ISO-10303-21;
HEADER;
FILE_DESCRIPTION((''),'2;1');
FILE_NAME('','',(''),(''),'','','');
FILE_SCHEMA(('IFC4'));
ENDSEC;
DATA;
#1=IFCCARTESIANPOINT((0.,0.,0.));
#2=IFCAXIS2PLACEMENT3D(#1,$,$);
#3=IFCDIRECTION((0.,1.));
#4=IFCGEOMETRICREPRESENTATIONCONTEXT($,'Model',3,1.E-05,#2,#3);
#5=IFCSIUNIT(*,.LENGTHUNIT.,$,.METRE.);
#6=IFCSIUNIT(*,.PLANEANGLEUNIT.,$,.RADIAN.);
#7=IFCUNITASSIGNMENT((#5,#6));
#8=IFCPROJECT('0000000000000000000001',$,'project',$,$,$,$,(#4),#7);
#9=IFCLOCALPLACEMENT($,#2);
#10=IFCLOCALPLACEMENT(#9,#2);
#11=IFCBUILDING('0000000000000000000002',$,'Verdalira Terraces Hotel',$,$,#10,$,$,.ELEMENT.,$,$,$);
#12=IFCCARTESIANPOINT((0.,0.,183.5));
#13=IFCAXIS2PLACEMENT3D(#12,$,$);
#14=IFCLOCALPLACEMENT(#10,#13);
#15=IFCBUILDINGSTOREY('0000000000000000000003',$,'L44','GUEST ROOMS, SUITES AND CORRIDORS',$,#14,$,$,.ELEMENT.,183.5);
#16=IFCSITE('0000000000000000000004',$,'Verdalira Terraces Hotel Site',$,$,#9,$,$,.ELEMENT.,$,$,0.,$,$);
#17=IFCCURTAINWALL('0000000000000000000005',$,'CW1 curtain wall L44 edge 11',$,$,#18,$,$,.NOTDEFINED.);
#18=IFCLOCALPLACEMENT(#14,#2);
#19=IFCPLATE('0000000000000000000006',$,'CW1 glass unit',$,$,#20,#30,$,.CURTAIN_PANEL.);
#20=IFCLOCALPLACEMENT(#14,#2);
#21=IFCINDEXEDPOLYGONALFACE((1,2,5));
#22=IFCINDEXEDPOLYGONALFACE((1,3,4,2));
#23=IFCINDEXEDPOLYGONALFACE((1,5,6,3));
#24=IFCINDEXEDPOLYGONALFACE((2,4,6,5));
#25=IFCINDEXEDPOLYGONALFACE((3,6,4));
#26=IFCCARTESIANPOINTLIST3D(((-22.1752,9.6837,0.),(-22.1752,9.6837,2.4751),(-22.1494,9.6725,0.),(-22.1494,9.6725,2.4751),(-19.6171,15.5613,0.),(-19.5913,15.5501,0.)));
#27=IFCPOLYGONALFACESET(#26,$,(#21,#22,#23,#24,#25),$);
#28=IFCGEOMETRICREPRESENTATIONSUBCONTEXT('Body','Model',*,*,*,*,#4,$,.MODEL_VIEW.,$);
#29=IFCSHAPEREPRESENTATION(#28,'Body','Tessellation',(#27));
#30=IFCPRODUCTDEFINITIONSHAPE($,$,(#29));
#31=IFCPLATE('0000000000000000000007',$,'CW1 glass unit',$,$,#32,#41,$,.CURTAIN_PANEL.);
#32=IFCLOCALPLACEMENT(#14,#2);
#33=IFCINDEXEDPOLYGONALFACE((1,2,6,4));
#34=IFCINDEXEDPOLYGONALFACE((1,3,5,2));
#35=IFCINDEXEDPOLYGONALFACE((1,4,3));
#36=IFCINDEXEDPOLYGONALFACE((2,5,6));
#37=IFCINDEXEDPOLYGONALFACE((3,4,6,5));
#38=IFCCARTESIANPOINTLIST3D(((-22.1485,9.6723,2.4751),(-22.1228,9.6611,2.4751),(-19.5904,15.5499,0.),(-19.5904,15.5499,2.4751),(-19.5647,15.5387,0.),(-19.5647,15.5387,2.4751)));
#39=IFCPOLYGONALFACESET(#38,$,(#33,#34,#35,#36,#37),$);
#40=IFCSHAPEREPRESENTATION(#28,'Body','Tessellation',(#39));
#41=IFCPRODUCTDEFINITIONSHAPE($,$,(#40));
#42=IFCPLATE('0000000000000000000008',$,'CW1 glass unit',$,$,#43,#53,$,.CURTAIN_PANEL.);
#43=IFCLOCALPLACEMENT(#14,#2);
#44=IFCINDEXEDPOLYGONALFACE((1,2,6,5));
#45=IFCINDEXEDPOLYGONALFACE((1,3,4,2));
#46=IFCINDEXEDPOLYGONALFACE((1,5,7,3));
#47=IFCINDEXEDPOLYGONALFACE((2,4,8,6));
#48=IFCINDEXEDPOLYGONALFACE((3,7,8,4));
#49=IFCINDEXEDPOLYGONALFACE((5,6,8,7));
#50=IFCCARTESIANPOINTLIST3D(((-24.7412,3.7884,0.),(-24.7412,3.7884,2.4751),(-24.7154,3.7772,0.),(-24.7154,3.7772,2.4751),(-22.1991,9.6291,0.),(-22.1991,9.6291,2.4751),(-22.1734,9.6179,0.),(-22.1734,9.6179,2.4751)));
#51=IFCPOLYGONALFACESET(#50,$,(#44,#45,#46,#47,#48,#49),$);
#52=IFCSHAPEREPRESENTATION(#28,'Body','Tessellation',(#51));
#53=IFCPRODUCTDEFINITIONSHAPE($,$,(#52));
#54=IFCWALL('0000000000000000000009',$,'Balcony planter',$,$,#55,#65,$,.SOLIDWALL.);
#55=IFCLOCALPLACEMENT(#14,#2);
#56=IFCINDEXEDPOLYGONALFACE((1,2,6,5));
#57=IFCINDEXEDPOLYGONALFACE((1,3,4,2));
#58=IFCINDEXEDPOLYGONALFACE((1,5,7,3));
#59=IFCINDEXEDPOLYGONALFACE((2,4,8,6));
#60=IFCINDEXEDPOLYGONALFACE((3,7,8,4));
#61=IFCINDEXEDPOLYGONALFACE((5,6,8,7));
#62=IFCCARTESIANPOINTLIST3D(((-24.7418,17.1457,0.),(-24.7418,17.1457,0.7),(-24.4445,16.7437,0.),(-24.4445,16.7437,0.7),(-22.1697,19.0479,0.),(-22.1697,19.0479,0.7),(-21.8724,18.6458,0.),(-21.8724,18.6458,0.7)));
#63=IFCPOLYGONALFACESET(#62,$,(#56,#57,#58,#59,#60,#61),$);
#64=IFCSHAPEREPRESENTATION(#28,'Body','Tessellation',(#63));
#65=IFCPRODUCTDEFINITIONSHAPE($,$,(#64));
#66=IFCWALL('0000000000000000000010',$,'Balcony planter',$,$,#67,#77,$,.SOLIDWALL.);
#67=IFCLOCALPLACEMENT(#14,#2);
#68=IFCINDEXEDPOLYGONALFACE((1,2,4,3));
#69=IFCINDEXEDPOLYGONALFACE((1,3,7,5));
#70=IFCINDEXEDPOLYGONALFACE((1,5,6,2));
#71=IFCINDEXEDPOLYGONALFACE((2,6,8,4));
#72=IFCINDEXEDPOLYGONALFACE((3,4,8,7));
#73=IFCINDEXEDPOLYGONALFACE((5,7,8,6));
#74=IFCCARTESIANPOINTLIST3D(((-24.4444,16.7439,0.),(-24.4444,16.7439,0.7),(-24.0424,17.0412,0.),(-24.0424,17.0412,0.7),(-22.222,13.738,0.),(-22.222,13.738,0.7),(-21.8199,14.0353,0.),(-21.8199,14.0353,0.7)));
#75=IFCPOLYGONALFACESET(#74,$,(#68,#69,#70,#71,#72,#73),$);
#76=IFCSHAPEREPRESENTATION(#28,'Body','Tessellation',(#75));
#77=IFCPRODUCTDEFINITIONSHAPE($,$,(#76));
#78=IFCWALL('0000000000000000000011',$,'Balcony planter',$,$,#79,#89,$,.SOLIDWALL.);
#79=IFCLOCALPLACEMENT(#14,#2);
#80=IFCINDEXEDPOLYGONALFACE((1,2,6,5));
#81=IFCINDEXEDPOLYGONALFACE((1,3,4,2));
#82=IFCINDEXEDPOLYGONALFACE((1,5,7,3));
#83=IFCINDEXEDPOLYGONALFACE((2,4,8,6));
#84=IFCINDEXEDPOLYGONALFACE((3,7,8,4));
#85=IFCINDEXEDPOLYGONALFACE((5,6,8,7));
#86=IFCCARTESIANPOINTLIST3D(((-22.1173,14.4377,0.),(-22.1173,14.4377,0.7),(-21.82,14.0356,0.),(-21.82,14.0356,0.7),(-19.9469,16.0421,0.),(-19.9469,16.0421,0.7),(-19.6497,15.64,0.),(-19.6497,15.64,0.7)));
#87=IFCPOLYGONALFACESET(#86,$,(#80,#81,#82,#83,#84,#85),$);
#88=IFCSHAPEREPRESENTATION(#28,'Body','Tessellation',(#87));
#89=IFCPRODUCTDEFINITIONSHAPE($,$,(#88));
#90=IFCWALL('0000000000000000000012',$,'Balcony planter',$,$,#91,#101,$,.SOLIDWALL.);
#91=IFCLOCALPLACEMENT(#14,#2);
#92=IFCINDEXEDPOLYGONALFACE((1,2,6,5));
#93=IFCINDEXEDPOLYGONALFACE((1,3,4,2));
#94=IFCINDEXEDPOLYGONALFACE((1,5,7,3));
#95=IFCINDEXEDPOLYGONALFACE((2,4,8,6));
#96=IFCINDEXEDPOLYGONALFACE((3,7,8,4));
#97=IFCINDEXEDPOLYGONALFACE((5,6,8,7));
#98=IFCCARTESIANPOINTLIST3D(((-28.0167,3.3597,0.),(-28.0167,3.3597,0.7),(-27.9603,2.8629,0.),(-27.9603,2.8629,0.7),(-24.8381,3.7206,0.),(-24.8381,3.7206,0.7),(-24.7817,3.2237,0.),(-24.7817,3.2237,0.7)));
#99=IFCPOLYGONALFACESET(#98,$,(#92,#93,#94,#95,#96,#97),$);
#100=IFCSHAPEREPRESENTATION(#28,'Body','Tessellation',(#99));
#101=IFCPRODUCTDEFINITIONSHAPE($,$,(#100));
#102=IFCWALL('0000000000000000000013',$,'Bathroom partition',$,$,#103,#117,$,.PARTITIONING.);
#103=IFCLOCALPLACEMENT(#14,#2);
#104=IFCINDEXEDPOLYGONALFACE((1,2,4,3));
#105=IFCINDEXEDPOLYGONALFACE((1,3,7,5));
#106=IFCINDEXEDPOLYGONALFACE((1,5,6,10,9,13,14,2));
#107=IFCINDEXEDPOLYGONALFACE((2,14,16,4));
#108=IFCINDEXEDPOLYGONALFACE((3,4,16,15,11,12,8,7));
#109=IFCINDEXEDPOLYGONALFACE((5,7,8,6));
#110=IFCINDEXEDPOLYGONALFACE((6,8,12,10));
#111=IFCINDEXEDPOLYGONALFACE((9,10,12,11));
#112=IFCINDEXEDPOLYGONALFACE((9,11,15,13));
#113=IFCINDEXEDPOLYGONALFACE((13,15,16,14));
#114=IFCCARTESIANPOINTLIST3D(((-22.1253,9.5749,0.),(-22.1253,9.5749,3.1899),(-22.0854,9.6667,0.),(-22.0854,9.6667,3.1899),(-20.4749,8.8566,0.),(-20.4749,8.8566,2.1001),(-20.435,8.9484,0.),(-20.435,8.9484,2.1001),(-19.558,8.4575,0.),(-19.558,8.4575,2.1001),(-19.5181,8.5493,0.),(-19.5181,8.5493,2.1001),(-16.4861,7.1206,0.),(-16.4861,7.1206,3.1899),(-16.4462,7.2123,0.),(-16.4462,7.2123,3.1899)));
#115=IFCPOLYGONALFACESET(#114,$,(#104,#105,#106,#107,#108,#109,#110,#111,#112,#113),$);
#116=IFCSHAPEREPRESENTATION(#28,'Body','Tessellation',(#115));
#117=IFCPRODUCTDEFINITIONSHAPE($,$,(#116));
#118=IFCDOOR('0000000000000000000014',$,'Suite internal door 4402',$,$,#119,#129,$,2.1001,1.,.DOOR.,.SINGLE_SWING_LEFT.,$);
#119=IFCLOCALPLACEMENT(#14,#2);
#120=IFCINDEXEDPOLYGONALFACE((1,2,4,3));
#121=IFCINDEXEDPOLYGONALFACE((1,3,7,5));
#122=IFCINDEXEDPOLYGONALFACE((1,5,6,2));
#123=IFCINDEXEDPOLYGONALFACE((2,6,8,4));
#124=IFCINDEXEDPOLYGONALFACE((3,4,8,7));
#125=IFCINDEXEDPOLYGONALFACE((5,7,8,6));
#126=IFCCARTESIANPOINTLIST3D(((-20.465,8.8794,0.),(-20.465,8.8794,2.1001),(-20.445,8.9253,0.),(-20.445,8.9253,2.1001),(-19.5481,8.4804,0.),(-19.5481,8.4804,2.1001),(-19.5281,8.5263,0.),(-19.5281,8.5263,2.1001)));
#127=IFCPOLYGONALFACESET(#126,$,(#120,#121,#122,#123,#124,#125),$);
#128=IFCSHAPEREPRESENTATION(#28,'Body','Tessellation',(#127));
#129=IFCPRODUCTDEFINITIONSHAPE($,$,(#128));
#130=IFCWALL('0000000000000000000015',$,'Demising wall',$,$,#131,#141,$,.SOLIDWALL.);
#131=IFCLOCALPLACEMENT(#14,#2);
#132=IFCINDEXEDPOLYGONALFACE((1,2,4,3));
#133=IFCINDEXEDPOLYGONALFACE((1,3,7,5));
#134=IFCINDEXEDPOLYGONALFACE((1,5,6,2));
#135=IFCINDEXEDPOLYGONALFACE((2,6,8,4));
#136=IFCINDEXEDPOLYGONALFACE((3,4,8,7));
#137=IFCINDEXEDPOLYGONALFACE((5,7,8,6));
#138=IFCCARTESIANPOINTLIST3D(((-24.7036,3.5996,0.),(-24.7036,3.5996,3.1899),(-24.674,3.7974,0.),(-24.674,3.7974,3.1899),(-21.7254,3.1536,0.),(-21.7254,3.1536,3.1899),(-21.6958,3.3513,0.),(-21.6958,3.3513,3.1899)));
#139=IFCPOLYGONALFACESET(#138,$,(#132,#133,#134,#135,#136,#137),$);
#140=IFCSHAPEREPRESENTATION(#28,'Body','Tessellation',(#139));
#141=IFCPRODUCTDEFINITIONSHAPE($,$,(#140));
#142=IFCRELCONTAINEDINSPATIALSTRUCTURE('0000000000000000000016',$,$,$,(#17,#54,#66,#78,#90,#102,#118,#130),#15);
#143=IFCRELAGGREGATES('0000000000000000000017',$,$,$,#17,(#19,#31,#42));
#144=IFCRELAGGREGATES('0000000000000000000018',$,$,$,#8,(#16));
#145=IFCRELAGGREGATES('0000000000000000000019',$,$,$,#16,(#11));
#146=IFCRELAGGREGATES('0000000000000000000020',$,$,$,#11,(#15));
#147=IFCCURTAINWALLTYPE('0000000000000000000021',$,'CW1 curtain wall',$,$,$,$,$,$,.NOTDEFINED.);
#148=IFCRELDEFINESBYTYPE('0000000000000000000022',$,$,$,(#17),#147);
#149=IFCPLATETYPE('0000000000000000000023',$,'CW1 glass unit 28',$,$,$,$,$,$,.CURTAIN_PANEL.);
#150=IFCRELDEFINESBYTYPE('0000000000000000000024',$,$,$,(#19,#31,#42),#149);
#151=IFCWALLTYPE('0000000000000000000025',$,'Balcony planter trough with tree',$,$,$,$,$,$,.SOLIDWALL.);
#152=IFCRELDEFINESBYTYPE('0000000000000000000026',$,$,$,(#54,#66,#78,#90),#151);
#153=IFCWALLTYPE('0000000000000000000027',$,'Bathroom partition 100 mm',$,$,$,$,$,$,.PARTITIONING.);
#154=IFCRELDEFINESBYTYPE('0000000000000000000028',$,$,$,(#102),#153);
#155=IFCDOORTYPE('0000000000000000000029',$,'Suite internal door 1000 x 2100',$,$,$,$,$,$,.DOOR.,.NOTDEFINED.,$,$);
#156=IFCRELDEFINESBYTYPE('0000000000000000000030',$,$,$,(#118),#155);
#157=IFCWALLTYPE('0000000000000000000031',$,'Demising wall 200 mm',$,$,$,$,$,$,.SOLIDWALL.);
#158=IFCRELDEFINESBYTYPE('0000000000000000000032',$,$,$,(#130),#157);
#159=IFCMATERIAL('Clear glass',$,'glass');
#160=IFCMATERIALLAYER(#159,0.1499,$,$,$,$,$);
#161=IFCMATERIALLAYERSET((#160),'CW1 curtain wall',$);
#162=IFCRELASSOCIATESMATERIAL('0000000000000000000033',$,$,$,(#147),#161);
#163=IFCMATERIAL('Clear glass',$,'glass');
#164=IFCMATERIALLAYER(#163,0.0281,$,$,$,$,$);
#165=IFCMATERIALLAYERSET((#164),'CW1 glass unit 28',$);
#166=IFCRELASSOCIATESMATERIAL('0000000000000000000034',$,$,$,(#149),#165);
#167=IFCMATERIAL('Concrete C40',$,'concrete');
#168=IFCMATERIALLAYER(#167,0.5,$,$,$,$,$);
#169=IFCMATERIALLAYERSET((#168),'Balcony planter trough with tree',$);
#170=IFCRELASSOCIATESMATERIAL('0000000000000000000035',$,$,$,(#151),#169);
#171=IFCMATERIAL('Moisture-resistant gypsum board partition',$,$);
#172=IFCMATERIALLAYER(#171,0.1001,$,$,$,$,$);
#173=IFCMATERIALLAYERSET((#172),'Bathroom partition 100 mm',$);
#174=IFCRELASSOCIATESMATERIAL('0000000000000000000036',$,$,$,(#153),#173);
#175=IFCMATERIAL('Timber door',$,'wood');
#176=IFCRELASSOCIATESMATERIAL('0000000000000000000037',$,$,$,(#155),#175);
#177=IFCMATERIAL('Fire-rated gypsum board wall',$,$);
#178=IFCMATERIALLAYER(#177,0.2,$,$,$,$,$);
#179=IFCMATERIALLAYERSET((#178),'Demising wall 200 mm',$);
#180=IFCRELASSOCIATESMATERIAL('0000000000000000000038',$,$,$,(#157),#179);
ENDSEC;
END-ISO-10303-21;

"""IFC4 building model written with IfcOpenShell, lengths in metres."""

from ifc_helpers import new_model, si_unit, direction, frame, frame_2d, origin, origin_2d, place, context, subcontext, project, spatial, polyline, rectangle, outline, extrude, material, layer, layer_set, type_object, element, fill, aggregate, save


model = new_model("IFC4")

# Units and contexts
model_context = context("Model", 3, precision=1e-05, world=origin(), true_north=direction((0.0, 1.0)))
body_context = subcontext(model_context, "Body", "Model", "MODEL_VIEW")
ifc_project = project(units=[si_unit("LENGTHUNIT", "METRE"), si_unit("PLANEANGLEUNIT", "RADIAN")], contexts=[model_context])

# Site, building, storey
site_placement = place(None, origin())
site = spatial("IfcSite", under=ifc_project, at=site_placement, Name="Verdalira Terraces Hotel Site", CompositionType="ELEMENT", RefElevation=0.0)
building_placement = place(site_placement, origin())
building = spatial("IfcBuilding", under=site, at=building_placement, Name="Verdalira Terraces Hotel", CompositionType="ELEMENT")
storey_placement = place(building_placement, frame((0.0, 0.0, 183.5)))
storey = spatial("IfcBuildingStorey", under=building, at=storey_placement, Name="L44", Description="GUEST ROOMS, SUITES AND CORRIDORS", CompositionType="ELEMENT", Elevation=183.5)

# Curtain wall
ifc_material_1 = material(Name="Clear glass", Category="glass")
ifc_layer_1 = layer(ifc_material_1, 0.1499)
ifc_layer_set_1 = layer_set([ifc_layer_1], Name="CW1 curtain wall")
curtain_wall_type_1 = type_object("IfcCurtainWallType", Name="CW1 curtain wall", PredefinedType="NOTDEFINED", material=ifc_layer_set_1)
curtain_wall_1_placement = place(storey_placement, origin())
curtain_wall_1 = element("IfcCurtainWall", 1, at=curtain_wall_1_placement, inside=storey, type_object=curtain_wall_type_1, Name="CW1 curtain wall L44 edge 11", PredefinedType="NOTDEFINED")

# Plates
ifc_material_2 = material(Name="Clear glass", Category="glass")
ifc_layer_2 = layer(ifc_material_2, 0.0281)
ifc_layer_set_2 = layer_set([ifc_layer_2], Name="CW1 glass unit 28")
plate_type = type_object("IfcPlateType", Name="CW1 glass unit 28", PredefinedType="CURTAIN_PANEL", material=ifc_layer_set_2)
plate_1_placement = place(storey_placement, frame((-20.8704, 12.6113, 1.2375), z_axis=(-0.916921, 0.399069, 0.0), x_axis=(-0.399069, -0.916921, 0.0)))
plate_1 = element("IfcPlate", 2, at=plate_1_placement, type_object=plate_type, Name="CW1 glass unit", PredefinedType="CURTAIN_PANEL", context=body_context, shape_type="SweptSolid", body=[
    extrude(outline(polyline([(-3.2051, -1.2375), (3.2051, -1.2375), (3.2051, 1.2375), (-3.2051, -1.2375)])), origin(), (0.0, 0.0, 1.0), 0.0281),
])
plate_2_placement = place(storey_placement, frame((-20.8438, 12.5999, 1.2375), z_axis=(-0.916921, 0.399069, 0.0), x_axis=(-0.399069, -0.916921, 0.0)))
plate_2 = element("IfcPlate", 3, at=plate_2_placement, type_object=plate_type, Name="CW1 glass unit", PredefinedType="CURTAIN_PANEL", context=body_context, shape_type="SweptSolid", body=[
    extrude(outline(polyline([(-3.2051, -1.2375), (3.2051, 1.2375), (-3.2051, 1.2375), (-3.2051, -1.2375)])), origin(), (0.0, 0.0, 1.0), 0.0281),
])
plate_3_placement = place(storey_placement, frame((-23.4573, 6.7031, 0.0), z_axis=(0.0, 0.0, 1.0), x_axis=(-0.399069, -0.916921, 0.0)))
plate_3 = element("IfcPlate", 4, at=plate_3_placement, type_object=plate_type, Name="CW1 glass unit", PredefinedType="CURTAIN_PANEL", context=body_context, shape_type="SweptSolid", body=[
    extrude(rectangle(XDim=6.3699, YDim=0.0281, at=origin_2d()), origin(), (0.0, 0.0, 1.0), 2.4751),
])
aggregate(curtain_wall_1, [plate_1, plate_2, plate_3])

# Walls
ifc_material_3 = material(Name="Concrete C40", Category="concrete")
ifc_layer_3 = layer(ifc_material_3, 0.5)
ifc_layer_set_3 = layer_set([ifc_layer_3], Name="Balcony planter trough with tree")
wall_type_1 = type_object("IfcWallType", Name="Balcony planter trough with tree", PredefinedType="SOLIDWALL", material=ifc_layer_set_3)
wall_1_placement = place(storey_placement, frame((-22.021, 18.8469, 0.0), z_axis=(0.0, 0.0, 1.0), x_axis=(-0.804021, -0.594601, 0.0)))
element("IfcWall", 5, at=wall_1_placement, inside=storey, type_object=wall_type_1, Name="Balcony planter", PredefinedType="SOLIDWALL", context=body_context, shape_type="SweptSolid", body=[
    extrude(rectangle(XDim=3.199, YDim=0.5, at=frame_2d((1.5996, 0.0))), origin(), (0.0, 0.0, 1.0), 0.7),
])
wall_2_placement = place(storey_placement, frame((-24.2434, 16.8926, 0.0), z_axis=(0.0, 0.0, 1.0), x_axis=(0.59451, -0.804088, 0.0)))
element("IfcWall", 6, at=wall_2_placement, inside=storey, type_object=wall_type_1, Name="Balcony planter", PredefinedType="SOLIDWALL", context=body_context, shape_type="SweptSolid", body=[
    extrude(rectangle(XDim=3.7383, YDim=0.5, at=frame_2d((1.8691, 0.0))), origin(), (0.0, 0.0, 1.0), 0.7),
])
wall_3_placement = place(storey_placement, frame((-21.9688, 14.2366, 0.0), z_axis=(0.0, 0.0, 1.0), x_axis=(0.804127, 0.594457, 0.0)))
element("IfcWall", 7, at=wall_3_placement, inside=storey, type_object=wall_type_1, Name="Balcony planter", PredefinedType="SOLIDWALL", context=body_context, shape_type="SweptSolid", body=[
    extrude(rectangle(XDim=2.699, YDim=0.5, at=frame_2d((1.3496, 0.0))), origin(), (0.0, 0.0, 1.0), 0.7),
])
wall_4_placement = place(storey_placement, frame((-24.8098, 3.4722, 0.0), z_axis=(0.0, 0.0, 1.0), x_axis=(-0.993618, -0.112802, 0.0)))
element("IfcWall", 8, at=wall_4_placement, inside=storey, type_object=wall_type_1, Name="Balcony planter", PredefinedType="SOLIDWALL", context=body_context, shape_type="SweptSolid", body=[
    extrude(rectangle(XDim=3.199, YDim=0.5, at=frame_2d((1.5996, 0.0))), origin(), (0.0, 0.0, 1.0), 0.7),
])

# Wall, opening, door
ifc_material_4 = material(Name="Moisture-resistant gypsum board partition")
ifc_layer_4 = layer(ifc_material_4, 0.1001)
ifc_layer_set_4 = layer_set([ifc_layer_4], Name="Bathroom partition 100 mm")
wall_type_2 = type_object("IfcWallType", Name="Bathroom partition 100 mm", PredefinedType="PARTITIONING", material=ifc_layer_set_4)
wall_5_placement = place(storey_placement, frame((-22.1055, 9.6209, 0.0), z_axis=(0.0, 0.0, 1.0), x_axis=(0.916919, -0.399073, 0.0)))
wall_5 = element("IfcWall", 9, at=wall_5_placement, inside=storey, type_object=wall_type_2, Name="Bathroom partition", PredefinedType="PARTITIONING", context=body_context, shape_type="SweptSolid", body=[
    extrude(rectangle(XDim=6.1501, YDim=0.1001, at=frame_2d((3.0752, 0.0))), origin(), (0.0, 0.0, 1.0), 3.1899),
])
opening_1_placement = place(wall_5_placement, frame((1.8, 0.0, 0.0)))
opening_1 = element("IfcOpeningElement", 10, at=opening_1_placement, cuts=wall_5, PredefinedType="OPENING", context=body_context, shape_type="SweptSolid", body=[
    extrude(rectangle(XDim=1.0, YDim=2.1001, at=frame_2d((0.5, 1.05))), frame((0.0, 0.0601, 0.0), z_axis=(0.0, -1.0, 0.0), x_axis=(1.0, 0.0, 0.0)), (0.0, 0.0, 1.0), 0.1201),
])
ifc_material_5 = material(Name="Timber door", Category="wood")
door_type_1 = type_object("IfcDoorType", Name="Suite internal door 1000 x 2100", OperationType="NOTDEFINED", PredefinedType="DOOR", material=ifc_material_5)
door_1_placement = place(opening_1_placement, origin())
door_1 = element("IfcDoor", 11, at=door_1_placement, inside=storey, type_object=door_type_1, Name="Suite internal door 4402", OperationType="SINGLE_SWING_LEFT", OverallHeight=2.1001, OverallWidth=1.0, PredefinedType="DOOR", context=body_context, shape_type="SweptSolid", body=[
    extrude(rectangle(XDim=1.0, YDim=2.1001, at=frame_2d((0.5, 1.05))), frame((0.0, 0.0249, 0.0), z_axis=(0.0, -1.0, 0.0), x_axis=(1.0, 0.0, 0.0)), (0.0, 0.0, 1.0), 0.05),
])
fill(opening_1, door_1)

# Wall
ifc_material_6 = material(Name="Fire-rated gypsum board wall")
ifc_layer_5 = layer(ifc_material_6, 0.2)
ifc_layer_set_5 = layer_set([ifc_layer_5], Name="Demising wall 200 mm")
wall_type_3 = type_object("IfcWallType", Name="Demising wall 200 mm", PredefinedType="SOLIDWALL", material=ifc_layer_set_5)
wall_6_placement = place(storey_placement, frame((-21.7104, 3.2524, 0.0), z_axis=(0.0, 0.0, 1.0), x_axis=(-0.98897, 0.148114, 0.0)))
element("IfcWall", 12, at=wall_6_placement, inside=storey, type_object=wall_type_3, Name="Demising wall", PredefinedType="SOLIDWALL", context=body_context, shape_type="SweptSolid", body=[
    extrude(rectangle(XDim=3.0115, YDim=0.2, at=frame_2d((1.5059, 0.0))), origin(), (0.0, 0.0, 1.0), 3.1899),
])

save(model, "model.ifc")
